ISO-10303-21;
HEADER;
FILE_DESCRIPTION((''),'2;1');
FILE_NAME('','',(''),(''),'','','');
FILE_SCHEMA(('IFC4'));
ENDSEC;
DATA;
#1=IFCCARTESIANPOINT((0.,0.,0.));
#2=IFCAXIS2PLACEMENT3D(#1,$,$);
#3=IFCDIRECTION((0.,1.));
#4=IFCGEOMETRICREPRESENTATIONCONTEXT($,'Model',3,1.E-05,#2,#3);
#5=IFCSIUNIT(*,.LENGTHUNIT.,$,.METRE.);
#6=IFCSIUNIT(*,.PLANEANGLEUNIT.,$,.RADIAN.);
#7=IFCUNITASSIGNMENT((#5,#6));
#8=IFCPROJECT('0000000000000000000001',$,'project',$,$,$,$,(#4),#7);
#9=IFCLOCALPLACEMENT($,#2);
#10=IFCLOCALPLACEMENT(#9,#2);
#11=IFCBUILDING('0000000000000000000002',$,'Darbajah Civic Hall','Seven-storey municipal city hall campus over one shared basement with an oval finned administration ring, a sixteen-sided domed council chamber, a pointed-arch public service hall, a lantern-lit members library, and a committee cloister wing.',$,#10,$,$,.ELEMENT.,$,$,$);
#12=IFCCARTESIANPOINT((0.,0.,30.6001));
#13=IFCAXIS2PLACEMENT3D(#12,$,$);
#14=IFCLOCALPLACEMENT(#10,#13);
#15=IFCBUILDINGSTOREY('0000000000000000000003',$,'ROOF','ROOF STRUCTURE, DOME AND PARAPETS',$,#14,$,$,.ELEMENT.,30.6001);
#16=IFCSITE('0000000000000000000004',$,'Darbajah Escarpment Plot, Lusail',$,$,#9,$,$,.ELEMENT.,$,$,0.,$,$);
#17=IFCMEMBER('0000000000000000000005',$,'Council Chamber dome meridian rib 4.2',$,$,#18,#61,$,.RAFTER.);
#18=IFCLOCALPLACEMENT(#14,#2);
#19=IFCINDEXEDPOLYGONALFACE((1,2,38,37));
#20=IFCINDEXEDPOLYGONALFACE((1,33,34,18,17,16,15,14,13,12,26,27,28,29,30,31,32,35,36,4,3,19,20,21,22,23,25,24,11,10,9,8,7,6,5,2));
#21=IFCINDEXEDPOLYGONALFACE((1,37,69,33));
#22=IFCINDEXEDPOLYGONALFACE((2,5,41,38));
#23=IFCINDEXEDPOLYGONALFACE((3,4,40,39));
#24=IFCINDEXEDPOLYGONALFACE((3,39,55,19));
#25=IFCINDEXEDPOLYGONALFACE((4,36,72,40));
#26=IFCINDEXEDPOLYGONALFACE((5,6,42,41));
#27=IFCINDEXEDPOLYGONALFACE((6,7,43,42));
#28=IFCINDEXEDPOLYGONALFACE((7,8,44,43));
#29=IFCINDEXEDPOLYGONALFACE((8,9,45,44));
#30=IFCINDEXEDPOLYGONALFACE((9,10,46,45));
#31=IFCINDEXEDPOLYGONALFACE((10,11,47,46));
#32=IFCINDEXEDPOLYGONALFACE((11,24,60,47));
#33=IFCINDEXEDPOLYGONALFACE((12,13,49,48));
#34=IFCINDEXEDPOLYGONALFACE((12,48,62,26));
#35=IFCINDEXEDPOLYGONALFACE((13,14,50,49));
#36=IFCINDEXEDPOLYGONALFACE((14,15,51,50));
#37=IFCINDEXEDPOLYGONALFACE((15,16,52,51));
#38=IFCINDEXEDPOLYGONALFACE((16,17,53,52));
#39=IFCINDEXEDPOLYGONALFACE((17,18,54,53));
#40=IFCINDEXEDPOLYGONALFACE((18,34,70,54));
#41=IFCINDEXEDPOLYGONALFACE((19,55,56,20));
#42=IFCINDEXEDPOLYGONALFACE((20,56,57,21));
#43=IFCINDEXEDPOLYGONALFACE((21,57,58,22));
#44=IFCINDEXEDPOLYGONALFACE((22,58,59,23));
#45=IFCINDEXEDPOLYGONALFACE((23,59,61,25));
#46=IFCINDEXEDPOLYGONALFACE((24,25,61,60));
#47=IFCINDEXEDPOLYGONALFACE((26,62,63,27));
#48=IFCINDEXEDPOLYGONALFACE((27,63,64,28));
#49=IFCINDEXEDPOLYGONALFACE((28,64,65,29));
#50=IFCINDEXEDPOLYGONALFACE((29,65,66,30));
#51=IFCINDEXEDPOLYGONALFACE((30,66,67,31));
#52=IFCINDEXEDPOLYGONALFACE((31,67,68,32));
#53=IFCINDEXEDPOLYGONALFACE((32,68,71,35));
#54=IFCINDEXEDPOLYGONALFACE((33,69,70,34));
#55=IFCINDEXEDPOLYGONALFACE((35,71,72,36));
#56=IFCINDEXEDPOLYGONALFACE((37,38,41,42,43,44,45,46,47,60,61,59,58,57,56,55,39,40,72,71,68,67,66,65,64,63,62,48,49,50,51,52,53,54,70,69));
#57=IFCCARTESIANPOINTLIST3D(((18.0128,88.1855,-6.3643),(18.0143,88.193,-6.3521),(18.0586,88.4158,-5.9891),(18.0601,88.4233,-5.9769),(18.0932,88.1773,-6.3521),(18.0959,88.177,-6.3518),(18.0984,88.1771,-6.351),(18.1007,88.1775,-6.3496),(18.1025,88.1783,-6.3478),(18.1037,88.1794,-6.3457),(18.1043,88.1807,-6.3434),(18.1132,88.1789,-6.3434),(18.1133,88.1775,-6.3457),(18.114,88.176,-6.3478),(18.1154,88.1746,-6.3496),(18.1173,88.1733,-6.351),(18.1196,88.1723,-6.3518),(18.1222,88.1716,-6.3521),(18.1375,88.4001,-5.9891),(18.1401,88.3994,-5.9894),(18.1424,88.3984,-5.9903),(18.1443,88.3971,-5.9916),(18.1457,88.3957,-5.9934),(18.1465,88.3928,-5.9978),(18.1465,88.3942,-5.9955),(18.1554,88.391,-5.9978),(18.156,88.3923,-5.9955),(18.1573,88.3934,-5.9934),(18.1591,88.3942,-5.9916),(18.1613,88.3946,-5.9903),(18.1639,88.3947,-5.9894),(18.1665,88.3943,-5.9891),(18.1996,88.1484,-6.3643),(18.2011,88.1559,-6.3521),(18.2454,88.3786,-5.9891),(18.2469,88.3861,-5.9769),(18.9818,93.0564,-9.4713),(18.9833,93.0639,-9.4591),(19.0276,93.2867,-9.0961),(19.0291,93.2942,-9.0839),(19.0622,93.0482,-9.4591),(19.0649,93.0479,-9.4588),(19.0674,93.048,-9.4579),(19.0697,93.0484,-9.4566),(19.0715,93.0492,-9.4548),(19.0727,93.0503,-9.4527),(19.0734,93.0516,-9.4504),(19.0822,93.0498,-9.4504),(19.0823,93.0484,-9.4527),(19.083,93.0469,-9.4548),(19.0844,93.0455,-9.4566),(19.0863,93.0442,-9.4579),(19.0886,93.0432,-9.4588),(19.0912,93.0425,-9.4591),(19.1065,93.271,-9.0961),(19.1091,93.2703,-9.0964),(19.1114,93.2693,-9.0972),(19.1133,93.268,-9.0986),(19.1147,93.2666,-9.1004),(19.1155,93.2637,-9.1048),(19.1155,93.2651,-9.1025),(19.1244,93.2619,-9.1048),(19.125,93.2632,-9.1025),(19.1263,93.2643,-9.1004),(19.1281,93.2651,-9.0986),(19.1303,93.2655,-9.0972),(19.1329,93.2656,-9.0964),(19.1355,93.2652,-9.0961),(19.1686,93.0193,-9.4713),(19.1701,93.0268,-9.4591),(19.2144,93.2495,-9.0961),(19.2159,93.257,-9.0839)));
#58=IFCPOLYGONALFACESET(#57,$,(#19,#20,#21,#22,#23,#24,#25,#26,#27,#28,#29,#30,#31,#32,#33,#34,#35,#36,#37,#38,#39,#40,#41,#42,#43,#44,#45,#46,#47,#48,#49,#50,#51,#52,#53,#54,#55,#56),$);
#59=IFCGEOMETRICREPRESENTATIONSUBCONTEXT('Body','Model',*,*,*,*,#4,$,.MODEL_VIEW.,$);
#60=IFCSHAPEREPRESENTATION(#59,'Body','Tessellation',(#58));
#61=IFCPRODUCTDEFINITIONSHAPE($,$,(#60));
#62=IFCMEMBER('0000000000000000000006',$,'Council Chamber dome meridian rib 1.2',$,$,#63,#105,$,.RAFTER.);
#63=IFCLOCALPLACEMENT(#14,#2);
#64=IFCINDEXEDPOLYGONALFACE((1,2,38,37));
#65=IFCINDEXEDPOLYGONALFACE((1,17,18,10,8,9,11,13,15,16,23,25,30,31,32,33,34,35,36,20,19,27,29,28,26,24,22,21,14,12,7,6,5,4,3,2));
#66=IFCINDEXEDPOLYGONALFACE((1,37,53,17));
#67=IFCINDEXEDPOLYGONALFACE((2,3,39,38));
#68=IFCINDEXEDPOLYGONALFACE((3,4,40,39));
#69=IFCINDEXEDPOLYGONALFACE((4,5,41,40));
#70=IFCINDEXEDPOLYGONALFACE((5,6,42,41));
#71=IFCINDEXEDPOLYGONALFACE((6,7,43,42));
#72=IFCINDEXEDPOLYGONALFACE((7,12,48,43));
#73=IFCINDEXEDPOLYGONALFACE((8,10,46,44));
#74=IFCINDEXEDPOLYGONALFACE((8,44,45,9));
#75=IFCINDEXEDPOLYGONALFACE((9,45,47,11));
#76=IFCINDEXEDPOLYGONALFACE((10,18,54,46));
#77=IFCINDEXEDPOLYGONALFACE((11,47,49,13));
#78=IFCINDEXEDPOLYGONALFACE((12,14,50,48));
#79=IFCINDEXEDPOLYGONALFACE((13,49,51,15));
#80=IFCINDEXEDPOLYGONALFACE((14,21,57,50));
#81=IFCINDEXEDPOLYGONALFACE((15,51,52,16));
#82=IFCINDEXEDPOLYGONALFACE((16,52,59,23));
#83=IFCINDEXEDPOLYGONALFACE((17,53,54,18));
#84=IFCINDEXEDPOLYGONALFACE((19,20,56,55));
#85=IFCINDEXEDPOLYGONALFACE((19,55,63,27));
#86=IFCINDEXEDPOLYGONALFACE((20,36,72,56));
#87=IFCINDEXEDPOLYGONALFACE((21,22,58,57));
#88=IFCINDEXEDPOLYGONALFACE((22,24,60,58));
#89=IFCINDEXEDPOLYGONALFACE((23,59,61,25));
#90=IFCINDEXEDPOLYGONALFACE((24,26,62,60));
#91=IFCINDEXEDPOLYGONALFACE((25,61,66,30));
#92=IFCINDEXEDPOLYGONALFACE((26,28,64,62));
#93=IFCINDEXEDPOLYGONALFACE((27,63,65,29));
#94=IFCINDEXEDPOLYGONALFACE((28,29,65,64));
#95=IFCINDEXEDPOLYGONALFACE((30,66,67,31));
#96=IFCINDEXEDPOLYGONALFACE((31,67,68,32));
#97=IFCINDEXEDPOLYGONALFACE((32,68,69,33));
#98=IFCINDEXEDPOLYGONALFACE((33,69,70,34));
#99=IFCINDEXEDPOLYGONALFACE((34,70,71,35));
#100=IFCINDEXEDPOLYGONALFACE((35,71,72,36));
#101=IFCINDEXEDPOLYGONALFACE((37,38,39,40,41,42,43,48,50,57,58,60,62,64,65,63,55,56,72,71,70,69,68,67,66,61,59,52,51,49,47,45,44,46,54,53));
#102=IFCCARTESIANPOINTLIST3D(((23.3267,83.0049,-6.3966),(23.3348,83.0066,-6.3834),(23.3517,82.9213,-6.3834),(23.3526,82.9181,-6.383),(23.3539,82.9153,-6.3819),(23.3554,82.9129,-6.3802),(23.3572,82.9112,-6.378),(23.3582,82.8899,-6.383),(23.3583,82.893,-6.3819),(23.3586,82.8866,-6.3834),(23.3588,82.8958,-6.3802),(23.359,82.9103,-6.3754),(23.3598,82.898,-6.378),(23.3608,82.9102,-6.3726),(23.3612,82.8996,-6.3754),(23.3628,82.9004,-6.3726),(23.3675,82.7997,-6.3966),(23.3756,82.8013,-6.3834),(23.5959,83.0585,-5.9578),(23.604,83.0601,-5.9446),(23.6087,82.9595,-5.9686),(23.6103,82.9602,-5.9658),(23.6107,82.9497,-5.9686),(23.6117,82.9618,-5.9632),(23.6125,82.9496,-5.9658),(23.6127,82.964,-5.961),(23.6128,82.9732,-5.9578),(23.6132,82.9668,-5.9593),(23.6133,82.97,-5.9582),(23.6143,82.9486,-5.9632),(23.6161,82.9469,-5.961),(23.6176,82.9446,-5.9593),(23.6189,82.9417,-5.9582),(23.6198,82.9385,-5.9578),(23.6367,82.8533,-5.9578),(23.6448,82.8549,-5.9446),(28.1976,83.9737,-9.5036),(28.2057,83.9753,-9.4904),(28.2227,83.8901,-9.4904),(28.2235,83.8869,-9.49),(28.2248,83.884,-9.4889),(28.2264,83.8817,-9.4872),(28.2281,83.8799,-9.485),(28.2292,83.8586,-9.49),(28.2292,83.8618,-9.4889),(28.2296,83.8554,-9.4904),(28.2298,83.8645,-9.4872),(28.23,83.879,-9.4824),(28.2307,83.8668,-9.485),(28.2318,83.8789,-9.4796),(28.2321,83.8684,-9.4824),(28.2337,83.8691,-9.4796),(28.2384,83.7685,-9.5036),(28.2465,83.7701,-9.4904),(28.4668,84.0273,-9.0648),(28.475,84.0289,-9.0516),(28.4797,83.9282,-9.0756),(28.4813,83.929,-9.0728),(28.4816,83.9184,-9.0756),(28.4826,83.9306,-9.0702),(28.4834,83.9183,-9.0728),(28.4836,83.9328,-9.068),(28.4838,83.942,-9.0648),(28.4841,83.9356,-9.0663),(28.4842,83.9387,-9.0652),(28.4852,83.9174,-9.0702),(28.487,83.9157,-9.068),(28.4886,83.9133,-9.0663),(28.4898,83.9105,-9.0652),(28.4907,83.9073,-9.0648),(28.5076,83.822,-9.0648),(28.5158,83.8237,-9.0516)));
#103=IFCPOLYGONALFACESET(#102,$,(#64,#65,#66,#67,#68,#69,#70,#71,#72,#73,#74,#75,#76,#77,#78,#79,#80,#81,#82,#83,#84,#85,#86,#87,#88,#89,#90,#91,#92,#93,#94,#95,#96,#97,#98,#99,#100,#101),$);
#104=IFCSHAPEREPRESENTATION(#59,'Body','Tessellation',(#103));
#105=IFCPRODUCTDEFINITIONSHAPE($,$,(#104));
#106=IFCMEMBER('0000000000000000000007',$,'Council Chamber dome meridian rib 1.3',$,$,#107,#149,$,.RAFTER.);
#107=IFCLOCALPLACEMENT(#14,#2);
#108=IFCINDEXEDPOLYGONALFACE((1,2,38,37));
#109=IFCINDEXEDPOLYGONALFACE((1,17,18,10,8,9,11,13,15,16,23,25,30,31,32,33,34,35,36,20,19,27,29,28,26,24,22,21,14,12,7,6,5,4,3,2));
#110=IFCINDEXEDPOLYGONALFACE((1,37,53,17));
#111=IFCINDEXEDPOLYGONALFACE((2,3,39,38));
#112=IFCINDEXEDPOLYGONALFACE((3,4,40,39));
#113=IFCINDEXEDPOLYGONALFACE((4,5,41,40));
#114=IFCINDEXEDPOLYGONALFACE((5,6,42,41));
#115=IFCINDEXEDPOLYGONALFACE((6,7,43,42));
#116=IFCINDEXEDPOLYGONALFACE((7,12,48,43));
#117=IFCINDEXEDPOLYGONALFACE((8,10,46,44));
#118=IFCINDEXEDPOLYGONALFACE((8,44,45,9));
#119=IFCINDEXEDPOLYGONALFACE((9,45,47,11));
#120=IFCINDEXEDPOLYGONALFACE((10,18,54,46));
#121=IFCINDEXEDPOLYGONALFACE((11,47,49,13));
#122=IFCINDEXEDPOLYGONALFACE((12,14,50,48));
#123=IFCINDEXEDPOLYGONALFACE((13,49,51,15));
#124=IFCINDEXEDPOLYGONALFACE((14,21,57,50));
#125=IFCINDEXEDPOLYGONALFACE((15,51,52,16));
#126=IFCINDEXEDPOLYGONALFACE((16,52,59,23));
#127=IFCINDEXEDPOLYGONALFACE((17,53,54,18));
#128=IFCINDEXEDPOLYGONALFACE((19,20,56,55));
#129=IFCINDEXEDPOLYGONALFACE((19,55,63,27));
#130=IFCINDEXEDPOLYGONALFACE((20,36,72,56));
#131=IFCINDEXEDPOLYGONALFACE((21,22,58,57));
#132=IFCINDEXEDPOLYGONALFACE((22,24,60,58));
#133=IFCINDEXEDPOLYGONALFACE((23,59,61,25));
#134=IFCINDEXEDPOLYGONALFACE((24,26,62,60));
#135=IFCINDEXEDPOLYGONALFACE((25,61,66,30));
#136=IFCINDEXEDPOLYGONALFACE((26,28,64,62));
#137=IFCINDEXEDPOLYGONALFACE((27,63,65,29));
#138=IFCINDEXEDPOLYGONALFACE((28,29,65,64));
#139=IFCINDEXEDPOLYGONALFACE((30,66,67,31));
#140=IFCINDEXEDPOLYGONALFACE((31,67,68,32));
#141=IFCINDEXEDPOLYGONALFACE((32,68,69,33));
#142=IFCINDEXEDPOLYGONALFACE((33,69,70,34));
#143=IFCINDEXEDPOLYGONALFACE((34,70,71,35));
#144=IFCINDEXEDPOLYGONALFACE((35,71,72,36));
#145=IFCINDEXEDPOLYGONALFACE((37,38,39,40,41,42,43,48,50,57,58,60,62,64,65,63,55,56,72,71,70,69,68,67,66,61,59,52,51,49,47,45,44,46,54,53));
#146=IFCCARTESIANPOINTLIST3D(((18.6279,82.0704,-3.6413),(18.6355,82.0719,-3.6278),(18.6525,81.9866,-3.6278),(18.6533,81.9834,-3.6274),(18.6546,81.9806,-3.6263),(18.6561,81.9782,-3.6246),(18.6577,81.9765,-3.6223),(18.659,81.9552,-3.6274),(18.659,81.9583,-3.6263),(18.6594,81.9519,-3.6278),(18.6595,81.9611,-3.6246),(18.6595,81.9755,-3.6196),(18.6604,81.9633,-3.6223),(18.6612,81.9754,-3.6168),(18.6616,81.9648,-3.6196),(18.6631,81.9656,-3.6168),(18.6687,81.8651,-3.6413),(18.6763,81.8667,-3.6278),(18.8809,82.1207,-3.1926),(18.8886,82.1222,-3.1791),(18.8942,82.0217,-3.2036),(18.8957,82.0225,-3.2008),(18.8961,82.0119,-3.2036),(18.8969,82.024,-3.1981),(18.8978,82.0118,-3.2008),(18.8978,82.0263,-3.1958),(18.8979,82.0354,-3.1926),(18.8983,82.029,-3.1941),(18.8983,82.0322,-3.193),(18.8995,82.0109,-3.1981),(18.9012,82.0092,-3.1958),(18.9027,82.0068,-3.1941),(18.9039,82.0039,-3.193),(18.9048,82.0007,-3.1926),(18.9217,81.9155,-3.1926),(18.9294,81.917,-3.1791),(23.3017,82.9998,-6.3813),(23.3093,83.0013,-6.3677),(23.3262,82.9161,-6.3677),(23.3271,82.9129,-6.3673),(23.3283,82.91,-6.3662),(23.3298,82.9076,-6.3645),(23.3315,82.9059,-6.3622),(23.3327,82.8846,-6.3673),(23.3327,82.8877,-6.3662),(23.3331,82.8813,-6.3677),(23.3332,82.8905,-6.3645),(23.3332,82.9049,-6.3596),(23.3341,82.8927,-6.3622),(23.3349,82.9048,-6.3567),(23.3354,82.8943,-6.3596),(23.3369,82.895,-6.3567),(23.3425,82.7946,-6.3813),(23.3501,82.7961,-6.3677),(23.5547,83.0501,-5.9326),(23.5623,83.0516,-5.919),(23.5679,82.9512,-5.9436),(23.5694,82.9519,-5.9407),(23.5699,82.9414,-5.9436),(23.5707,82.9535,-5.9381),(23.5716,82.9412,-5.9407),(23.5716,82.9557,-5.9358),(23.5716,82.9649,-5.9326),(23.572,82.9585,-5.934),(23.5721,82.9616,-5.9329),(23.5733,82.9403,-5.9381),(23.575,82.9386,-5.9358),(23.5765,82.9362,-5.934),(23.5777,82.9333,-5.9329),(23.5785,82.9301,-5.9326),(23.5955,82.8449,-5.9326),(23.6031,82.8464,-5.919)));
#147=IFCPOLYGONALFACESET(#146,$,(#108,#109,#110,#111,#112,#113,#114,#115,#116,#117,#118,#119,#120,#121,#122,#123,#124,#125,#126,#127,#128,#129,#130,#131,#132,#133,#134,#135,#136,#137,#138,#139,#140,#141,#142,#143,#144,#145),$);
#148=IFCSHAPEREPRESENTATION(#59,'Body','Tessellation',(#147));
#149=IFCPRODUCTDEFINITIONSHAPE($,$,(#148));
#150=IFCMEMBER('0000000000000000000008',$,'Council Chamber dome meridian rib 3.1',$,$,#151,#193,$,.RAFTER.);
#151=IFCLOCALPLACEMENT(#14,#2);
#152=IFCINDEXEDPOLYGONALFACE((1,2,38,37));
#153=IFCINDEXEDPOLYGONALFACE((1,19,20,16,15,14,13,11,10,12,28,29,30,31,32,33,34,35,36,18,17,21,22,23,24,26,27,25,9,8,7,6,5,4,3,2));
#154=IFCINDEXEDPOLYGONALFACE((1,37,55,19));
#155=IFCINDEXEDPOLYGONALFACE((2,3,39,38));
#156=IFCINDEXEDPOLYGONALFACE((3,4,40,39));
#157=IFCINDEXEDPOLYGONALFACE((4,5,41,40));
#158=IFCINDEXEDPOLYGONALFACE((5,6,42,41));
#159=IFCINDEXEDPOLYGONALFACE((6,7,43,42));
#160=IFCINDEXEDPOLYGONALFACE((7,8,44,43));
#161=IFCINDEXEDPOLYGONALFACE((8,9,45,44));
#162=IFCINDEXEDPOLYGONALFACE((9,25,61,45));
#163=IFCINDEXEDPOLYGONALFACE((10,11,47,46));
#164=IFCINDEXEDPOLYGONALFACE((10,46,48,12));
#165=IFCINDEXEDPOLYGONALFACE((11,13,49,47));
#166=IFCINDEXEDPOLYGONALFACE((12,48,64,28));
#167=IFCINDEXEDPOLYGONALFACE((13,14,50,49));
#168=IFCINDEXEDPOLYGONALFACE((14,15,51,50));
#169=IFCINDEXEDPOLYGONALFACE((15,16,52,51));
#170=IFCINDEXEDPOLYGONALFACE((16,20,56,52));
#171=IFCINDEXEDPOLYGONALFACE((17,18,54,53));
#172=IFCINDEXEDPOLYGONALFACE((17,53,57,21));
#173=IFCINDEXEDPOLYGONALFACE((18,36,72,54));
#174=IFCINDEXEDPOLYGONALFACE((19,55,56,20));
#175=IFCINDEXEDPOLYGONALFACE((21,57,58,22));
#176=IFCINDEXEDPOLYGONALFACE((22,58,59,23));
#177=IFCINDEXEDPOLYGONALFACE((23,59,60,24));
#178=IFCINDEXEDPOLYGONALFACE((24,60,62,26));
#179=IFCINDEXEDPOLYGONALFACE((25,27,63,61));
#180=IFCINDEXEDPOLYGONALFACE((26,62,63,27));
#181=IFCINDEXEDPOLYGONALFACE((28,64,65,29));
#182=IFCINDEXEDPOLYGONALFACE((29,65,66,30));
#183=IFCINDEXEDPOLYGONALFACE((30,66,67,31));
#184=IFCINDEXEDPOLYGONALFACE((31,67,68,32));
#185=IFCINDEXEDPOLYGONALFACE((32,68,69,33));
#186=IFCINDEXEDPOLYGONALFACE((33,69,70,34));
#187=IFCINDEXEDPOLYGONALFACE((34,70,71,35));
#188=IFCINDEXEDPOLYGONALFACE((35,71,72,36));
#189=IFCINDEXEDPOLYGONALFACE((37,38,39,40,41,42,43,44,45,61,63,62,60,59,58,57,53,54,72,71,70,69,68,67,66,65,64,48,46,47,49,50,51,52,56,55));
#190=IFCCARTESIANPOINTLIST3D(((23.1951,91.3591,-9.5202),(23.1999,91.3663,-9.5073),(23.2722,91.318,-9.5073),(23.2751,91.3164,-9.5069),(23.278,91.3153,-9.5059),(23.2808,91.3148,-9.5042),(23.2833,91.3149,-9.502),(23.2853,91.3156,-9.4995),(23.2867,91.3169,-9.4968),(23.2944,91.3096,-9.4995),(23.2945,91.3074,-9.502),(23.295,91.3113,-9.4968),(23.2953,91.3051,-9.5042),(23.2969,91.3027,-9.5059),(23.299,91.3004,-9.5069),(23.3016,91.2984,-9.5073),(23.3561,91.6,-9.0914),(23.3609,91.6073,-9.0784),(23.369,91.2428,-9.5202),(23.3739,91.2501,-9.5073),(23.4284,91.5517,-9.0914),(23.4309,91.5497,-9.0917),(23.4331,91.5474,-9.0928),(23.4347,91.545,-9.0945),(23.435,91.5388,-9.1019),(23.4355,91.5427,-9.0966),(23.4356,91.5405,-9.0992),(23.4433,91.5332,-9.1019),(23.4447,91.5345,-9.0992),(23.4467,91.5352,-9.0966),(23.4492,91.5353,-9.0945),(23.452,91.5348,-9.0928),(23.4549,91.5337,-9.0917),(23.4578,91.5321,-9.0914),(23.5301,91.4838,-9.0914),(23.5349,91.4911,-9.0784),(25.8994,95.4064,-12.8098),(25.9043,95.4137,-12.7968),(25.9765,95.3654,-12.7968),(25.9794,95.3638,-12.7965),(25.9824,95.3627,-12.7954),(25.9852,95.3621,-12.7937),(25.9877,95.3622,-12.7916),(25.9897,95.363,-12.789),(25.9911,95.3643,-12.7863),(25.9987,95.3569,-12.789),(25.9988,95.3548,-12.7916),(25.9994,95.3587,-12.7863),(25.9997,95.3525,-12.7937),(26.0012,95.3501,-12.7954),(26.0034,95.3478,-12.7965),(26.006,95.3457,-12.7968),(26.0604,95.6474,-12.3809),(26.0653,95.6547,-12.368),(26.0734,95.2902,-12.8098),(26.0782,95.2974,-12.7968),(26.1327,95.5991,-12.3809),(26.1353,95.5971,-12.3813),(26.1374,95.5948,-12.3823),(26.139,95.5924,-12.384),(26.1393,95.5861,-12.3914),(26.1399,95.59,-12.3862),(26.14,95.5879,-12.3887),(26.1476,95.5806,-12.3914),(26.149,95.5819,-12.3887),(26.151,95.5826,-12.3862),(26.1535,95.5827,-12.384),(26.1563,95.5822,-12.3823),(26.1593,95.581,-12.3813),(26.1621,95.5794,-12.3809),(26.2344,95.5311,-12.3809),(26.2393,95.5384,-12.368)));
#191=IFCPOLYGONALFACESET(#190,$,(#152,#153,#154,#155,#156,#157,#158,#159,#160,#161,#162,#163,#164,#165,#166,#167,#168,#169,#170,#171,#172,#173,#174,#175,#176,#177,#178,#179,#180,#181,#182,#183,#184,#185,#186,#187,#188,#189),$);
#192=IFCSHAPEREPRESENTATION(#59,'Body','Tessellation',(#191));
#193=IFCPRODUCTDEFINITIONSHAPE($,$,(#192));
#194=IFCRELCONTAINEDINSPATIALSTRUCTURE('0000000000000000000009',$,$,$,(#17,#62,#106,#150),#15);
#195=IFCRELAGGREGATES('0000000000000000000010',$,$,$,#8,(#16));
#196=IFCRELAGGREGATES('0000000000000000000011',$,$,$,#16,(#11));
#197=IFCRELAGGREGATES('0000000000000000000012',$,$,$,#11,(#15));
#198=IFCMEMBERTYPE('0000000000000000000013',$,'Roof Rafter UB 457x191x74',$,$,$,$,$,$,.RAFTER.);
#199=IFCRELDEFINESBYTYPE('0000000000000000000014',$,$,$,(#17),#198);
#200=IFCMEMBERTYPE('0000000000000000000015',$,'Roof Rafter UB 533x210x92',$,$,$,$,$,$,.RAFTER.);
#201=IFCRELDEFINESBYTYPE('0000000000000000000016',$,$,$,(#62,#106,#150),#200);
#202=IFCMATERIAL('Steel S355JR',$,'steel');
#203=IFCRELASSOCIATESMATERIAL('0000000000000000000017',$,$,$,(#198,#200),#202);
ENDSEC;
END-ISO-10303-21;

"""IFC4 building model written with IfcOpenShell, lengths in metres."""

from ifc_helpers import new_model, si_unit, direction, frame, origin, origin_2d, place, context, subcontext, project, spatial, i_section, extrude, material, material_profile, profile_set, type_object, element, save


model = new_model("IFC4")

# Units and contexts
model_context = context("Model", 3, precision=1e-05, world=origin(), true_north=direction((0.0, 1.0)))
body_context = subcontext(model_context, "Body", "Model", "MODEL_VIEW")
ifc_project = project(units=[si_unit("LENGTHUNIT", "METRE"), si_unit("PLANEANGLEUNIT", "RADIAN")], contexts=[model_context])

# Site, building, storey
site_placement = place(None, origin())
site = spatial("IfcSite", under=ifc_project, at=site_placement, Name="Darbajah Escarpment Plot, Lusail", CompositionType="ELEMENT", RefElevation=0.0)
building_placement = place(site_placement, origin())
building = spatial("IfcBuilding", under=site, at=building_placement, Name="Darbajah Civic Hall", Description="Seven-storey municipal city hall campus over one shared basement with an oval finned administration ring, a sixteen-sided domed council chamber, a pointed-arch public service hall, a lantern-lit members library, and a committee cloister wing.", CompositionType="ELEMENT")
storey_placement = place(building_placement, frame((0.0, 0.0, 30.6001)))
storey = spatial("IfcBuildingStorey", under=building, at=storey_placement, Name="ROOF", Description="ROOF STRUCTURE, DOME AND PARAPETS", CompositionType="ELEMENT", Elevation=30.6001)

# Members
ifc_material = material(Name="Steel S355JR", Category="steel")
ifc_material_profile_1 = material_profile(ifc_material, i_section(OverallWidth=0.1904, OverallDepth=0.457, WebThickness=0.009, FlangeThickness=0.0144, FilletRadius=0.0103, at=origin_2d()), Name="UB 457x191x74")
ifc_profile_set_1 = profile_set([ifc_material_profile_1], Name="Steel S355JR")
member_type_1 = type_object("IfcMemberType", Name="Roof Rafter UB 457x191x74", PredefinedType="RAFTER", material=ifc_profile_set_1)
member_1_placement = place(storey_placement, frame((19.0989, 93.1567, -9.2776), z_axis=(-0.165411, -0.831475, 0.530367), x_axis=(0.980781, -0.195114, 0.0)))
element("IfcMember", 1, at=member_1_placement, inside=storey, type_object=member_type_1, Name="Council Chamber dome meridian rib 4.2", PredefinedType="RAFTER", context=body_context, shape_type="SweptSolid", body=[
    extrude(i_section(OverallWidth=0.1904, OverallDepth=0.457, WebThickness=0.009, FlangeThickness=0.0144, FilletRadius=0.0103, at=origin_2d()), origin(), (0.0, 0.0, 1.0), 5.8582),
])
ifc_material_profile_2 = material_profile(ifc_material, i_section(OverallWidth=0.2092, OverallDepth=0.5332, WebThickness=0.01, FlangeThickness=0.0156, FilletRadius=0.0127, at=origin_2d()), Name="UB 533x210x92")
ifc_profile_set_2 = profile_set([ifc_material_profile_2], Name="Steel S355JR")
member_type_2 = type_object("IfcMemberType", Name="Roof Rafter UB 533x210x92", PredefinedType="RAFTER", material=ifc_profile_set_2)
member_2_placement = place(storey_placement, frame((28.3567, 83.8987, -9.2776), z_axis=(-0.83148, -0.165371, 0.53037), x_axis=(0.195067, -0.98079, 0.0)))
element("IfcMember", 2, at=member_2_placement, inside=storey, type_object=member_type_2, Name="Council Chamber dome meridian rib 1.2", PredefinedType="RAFTER", context=body_context, shape_type="SweptSolid", body=[
    extrude(i_section(OverallWidth=0.2092, OverallDepth=0.5332, WebThickness=0.01, FlangeThickness=0.0156, FilletRadius=0.0127, at=origin_2d()), origin(), (0.0, 0.0, 1.0), 5.8582),
])
member_3_placement = place(storey_placement, frame((23.4524, 82.9231, -6.1501), z_axis=(-0.850264, -0.169085, 0.49846), x_axis=(0.195042, -0.980795, 0.0)))
element("IfcMember", 3, at=member_3_placement, inside=storey, type_object=member_type_2, Name="Council Chamber dome meridian rib 1.3", PredefinedType="RAFTER", context=body_context, shape_type="SweptSolid", body=[
    extrude(i_section(OverallWidth=0.2092, OverallDepth=0.5332, WebThickness=0.01, FlangeThickness=0.0156, FilletRadius=0.0127, at=origin_2d()), origin(), (0.0, 0.0, 1.0), 5.4968),
])
member_4_placement = place(storey_placement, frame((26.0693, 95.4724, -12.5889), z_axis=(-0.460313, -0.688911, 0.559922), x_axis=(0.831471, -0.555568, 0.0)))
element("IfcMember", 4, at=member_4_placement, inside=storey, type_object=member_type_2, Name="Council Chamber dome meridian rib 3.1", PredefinedType="RAFTER", context=body_context, shape_type="SweptSolid", body=[
    extrude(i_section(OverallWidth=0.2092, OverallDepth=0.5332, WebThickness=0.01, FlangeThickness=0.0156, FilletRadius=0.0127, at=origin_2d()), origin(), (0.0, 0.0, 1.0), 5.875),
])

save(model, "model.ifc")
